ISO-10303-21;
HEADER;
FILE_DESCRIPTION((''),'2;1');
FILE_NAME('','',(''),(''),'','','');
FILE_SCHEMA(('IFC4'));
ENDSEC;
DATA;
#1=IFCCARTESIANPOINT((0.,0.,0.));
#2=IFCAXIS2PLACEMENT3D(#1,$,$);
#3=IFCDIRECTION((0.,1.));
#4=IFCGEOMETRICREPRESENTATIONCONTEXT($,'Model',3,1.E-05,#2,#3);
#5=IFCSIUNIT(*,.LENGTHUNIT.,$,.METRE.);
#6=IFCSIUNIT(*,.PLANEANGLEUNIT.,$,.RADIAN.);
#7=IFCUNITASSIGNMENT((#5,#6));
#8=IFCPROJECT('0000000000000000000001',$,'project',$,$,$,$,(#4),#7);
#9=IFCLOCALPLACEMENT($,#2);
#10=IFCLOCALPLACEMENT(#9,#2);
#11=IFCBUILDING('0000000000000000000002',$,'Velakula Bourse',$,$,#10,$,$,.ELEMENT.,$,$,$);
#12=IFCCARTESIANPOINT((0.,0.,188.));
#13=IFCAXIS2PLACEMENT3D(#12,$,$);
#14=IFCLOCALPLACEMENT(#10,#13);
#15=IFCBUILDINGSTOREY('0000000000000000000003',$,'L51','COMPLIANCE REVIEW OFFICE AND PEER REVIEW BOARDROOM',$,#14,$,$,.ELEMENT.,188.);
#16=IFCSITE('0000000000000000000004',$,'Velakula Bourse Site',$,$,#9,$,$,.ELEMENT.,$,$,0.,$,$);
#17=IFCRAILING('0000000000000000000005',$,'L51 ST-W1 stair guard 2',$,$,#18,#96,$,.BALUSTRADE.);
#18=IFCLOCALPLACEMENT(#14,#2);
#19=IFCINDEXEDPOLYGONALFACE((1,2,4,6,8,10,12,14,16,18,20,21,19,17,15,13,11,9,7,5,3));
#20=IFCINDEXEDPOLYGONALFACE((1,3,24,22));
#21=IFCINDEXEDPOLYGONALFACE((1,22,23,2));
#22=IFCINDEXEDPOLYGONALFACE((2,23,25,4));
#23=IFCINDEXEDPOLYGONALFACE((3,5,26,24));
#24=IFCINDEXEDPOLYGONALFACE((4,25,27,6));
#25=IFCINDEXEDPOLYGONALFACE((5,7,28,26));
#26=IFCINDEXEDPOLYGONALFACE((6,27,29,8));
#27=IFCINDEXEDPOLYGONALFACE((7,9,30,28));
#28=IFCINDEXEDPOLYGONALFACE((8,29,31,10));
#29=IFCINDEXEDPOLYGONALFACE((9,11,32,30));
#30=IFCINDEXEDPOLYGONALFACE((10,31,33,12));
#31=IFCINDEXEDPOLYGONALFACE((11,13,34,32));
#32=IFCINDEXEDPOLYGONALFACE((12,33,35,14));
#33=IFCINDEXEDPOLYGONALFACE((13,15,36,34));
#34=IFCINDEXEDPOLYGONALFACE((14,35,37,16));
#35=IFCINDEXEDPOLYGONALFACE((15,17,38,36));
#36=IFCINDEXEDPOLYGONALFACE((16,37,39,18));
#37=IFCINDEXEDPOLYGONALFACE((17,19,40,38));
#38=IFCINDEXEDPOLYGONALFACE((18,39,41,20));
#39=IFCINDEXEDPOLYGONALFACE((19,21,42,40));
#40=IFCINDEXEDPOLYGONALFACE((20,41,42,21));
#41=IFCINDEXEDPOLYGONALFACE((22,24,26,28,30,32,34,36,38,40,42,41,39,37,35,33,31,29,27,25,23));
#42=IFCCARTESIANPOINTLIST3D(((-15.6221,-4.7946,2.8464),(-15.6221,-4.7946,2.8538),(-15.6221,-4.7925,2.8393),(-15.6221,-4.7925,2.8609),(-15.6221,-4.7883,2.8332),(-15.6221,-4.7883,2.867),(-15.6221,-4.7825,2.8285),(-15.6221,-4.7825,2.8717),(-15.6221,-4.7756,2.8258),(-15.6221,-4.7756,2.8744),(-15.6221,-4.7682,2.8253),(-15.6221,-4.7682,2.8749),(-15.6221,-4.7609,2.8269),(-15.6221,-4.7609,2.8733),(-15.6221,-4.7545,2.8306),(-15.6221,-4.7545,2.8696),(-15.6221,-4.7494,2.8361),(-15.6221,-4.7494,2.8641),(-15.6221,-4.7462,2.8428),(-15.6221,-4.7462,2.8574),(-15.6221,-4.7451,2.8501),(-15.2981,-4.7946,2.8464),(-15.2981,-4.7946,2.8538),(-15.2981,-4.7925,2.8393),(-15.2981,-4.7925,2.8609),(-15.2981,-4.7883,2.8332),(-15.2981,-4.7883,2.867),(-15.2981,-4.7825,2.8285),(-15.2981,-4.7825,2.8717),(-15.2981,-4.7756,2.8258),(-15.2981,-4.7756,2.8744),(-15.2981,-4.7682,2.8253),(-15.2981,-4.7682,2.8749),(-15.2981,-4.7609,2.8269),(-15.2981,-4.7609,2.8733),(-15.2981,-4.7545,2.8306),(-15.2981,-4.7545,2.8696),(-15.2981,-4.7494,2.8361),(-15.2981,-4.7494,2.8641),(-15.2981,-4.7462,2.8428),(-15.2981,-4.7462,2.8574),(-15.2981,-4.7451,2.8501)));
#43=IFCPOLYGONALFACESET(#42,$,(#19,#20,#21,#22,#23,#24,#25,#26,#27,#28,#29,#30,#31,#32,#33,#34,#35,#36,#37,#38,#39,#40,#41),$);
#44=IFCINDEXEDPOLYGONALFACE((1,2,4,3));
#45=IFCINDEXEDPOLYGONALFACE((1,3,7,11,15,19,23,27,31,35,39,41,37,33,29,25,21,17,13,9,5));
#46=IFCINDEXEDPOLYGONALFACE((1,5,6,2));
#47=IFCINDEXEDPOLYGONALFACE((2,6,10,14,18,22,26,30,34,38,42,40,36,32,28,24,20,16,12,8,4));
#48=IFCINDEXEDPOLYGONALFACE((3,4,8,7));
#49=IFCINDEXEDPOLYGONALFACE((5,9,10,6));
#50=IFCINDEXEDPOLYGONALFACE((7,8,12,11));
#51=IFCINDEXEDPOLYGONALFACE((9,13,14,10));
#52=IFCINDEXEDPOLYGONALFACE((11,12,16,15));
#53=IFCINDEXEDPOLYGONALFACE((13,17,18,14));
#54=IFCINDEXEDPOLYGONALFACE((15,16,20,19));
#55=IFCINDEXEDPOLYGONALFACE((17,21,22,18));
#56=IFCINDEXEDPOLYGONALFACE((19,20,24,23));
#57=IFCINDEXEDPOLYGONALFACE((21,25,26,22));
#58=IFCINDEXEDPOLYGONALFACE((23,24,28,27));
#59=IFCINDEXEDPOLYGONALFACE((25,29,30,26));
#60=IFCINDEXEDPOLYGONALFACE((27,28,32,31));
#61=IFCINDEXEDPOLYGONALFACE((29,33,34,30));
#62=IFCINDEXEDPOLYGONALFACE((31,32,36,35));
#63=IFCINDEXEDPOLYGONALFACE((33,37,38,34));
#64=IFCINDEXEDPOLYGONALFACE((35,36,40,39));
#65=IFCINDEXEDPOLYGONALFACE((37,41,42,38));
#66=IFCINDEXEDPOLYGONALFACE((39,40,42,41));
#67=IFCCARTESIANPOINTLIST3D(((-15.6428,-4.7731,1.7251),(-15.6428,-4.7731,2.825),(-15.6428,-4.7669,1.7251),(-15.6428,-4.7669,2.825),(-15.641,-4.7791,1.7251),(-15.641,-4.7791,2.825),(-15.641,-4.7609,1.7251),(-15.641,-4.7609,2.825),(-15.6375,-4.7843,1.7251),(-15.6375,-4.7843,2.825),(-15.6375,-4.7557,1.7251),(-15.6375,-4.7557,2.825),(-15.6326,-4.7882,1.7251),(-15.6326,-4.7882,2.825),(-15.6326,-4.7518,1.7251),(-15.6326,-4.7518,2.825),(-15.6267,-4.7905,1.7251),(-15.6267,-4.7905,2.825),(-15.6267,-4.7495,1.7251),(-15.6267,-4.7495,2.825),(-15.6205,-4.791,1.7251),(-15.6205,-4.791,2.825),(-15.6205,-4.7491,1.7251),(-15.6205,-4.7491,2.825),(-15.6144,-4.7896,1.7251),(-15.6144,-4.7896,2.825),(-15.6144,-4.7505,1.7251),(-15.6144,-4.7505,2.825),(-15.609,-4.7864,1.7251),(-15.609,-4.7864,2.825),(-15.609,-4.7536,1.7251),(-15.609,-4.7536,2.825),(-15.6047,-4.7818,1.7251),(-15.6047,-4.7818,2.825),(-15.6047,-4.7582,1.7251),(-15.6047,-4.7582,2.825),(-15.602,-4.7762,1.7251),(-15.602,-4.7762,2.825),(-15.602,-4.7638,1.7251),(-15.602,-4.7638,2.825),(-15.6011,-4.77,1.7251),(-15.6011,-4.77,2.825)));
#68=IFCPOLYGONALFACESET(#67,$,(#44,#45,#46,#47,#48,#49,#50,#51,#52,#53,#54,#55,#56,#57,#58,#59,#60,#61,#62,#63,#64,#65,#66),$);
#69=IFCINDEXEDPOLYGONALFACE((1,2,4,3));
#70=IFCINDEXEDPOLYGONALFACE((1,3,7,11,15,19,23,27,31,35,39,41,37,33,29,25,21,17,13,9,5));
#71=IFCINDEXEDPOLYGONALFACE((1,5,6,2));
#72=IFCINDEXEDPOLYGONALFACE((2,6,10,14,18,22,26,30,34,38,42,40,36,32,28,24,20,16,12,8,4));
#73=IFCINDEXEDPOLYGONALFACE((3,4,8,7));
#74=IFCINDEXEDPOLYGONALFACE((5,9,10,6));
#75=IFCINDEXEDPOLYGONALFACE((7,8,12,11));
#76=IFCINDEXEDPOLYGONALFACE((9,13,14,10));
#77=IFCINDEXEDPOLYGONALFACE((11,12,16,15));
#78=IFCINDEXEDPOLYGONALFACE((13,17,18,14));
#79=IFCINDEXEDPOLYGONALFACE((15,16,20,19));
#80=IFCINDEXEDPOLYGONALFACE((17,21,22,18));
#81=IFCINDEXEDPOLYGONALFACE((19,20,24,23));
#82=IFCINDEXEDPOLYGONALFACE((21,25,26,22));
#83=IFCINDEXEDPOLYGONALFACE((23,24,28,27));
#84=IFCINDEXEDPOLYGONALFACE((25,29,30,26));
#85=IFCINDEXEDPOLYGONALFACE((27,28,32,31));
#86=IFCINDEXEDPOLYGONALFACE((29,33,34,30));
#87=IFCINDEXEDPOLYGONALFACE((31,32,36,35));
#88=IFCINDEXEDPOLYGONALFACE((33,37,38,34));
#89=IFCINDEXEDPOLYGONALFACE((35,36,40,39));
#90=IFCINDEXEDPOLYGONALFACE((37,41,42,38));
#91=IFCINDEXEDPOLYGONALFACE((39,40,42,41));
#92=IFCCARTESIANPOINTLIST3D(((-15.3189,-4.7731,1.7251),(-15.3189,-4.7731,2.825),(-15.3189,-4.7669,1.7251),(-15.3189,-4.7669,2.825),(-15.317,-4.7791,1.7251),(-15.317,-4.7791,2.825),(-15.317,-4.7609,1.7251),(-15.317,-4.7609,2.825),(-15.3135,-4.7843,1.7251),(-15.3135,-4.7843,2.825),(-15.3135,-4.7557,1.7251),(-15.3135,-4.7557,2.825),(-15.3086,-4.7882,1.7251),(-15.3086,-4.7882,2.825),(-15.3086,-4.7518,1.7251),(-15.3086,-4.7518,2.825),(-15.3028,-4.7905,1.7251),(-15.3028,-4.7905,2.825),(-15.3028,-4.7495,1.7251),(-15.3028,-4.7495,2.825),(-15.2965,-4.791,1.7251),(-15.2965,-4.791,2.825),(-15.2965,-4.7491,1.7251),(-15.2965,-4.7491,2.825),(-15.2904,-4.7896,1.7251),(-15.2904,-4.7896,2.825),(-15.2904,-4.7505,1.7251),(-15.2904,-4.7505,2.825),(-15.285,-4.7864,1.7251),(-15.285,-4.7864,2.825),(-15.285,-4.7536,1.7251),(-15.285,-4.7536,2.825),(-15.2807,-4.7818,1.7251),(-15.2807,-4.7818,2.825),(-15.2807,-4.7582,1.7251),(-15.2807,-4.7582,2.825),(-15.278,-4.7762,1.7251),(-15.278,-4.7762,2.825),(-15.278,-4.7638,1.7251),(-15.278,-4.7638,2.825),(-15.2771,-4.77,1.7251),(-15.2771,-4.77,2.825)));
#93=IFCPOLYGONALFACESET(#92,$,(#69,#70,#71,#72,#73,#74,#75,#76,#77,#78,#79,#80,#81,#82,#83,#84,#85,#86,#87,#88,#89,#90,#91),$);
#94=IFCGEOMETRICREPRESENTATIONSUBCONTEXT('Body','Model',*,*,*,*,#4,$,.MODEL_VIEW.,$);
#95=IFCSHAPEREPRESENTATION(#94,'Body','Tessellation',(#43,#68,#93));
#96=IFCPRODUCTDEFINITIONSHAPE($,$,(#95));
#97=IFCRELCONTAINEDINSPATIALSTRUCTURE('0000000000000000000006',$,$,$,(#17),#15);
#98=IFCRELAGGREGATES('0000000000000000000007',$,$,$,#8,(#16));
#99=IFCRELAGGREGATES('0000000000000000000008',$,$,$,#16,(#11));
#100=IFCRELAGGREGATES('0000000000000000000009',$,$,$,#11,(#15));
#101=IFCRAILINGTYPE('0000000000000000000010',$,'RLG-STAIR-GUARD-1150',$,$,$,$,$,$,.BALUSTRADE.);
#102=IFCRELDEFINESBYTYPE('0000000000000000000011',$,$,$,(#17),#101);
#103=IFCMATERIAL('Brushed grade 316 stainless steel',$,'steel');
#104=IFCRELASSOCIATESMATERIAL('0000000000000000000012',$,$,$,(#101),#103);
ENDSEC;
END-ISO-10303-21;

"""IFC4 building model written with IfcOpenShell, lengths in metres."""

from ifc_helpers import new_model, si_unit, direction, frame, origin, origin_2d, place, context, subcontext, project, spatial, circle, extrude, material, type_object, element, save


model = new_model("IFC4")

# Units and contexts
model_context = context("Model", 3, precision=1e-05, world=origin(), true_north=direction((0.0, 1.0)))
body_context = subcontext(model_context, "Body", "Model", "MODEL_VIEW")
ifc_project = project(units=[si_unit("LENGTHUNIT", "METRE"), si_unit("PLANEANGLEUNIT", "RADIAN")], contexts=[model_context])

# Site, building, storey
site_placement = place(None, origin())
site = spatial("IfcSite", under=ifc_project, at=site_placement, Name="Velakula Bourse Site", CompositionType="ELEMENT", RefElevation=0.0)
building_placement = place(site_placement, origin())
building = spatial("IfcBuilding", under=site, at=building_placement, Name="Velakula Bourse", CompositionType="ELEMENT")
storey_placement = place(building_placement, frame((0.0, 0.0, 188.0)))
storey = spatial("IfcBuildingStorey", under=building, at=storey_placement, Name="L51", Description="COMPLIANCE REVIEW OFFICE AND PEER REVIEW BOARDROOM", CompositionType="ELEMENT", Elevation=188.0)

# Shared definitions
ifc_material_1 = material(Name="Brushed grade 316 stainless steel", Category="steel")

# Railing
railing_type_1 = type_object("IfcRailingType", Name="RLG-STAIR-GUARD-1150", PredefinedType="BALUSTRADE", material=ifc_material_1)
railing_1_placement = place(storey_placement, frame((-15.6221, -4.77, 1.7251)))
element("IfcRailing", 1, at=railing_1_placement, inside=storey, type_object=railing_type_1, Name="L51 ST-W1 stair guard 2", PredefinedType="BALUSTRADE", context=body_context, shape_type="SweptSolid", body=[
    extrude(circle(Radius=0.0249, at=origin_2d()), frame((0.0, 0.0, 1.125), z_axis=(1.0, 0.0, 0.0), x_axis=(0.0, 1.0, 0.0)), (0.0, 0.0, 1.0), 0.324),
    extrude(circle(Radius=0.021, at=origin_2d()), origin(), (0.0, 0.0, 1.0), 1.0999),
    extrude(circle(Radius=0.021, at=origin_2d()), frame((0.324, 0.0, 0.0)), (0.0, 0.0, 1.0), 1.0999),
])

save(model, "model.ifc")
